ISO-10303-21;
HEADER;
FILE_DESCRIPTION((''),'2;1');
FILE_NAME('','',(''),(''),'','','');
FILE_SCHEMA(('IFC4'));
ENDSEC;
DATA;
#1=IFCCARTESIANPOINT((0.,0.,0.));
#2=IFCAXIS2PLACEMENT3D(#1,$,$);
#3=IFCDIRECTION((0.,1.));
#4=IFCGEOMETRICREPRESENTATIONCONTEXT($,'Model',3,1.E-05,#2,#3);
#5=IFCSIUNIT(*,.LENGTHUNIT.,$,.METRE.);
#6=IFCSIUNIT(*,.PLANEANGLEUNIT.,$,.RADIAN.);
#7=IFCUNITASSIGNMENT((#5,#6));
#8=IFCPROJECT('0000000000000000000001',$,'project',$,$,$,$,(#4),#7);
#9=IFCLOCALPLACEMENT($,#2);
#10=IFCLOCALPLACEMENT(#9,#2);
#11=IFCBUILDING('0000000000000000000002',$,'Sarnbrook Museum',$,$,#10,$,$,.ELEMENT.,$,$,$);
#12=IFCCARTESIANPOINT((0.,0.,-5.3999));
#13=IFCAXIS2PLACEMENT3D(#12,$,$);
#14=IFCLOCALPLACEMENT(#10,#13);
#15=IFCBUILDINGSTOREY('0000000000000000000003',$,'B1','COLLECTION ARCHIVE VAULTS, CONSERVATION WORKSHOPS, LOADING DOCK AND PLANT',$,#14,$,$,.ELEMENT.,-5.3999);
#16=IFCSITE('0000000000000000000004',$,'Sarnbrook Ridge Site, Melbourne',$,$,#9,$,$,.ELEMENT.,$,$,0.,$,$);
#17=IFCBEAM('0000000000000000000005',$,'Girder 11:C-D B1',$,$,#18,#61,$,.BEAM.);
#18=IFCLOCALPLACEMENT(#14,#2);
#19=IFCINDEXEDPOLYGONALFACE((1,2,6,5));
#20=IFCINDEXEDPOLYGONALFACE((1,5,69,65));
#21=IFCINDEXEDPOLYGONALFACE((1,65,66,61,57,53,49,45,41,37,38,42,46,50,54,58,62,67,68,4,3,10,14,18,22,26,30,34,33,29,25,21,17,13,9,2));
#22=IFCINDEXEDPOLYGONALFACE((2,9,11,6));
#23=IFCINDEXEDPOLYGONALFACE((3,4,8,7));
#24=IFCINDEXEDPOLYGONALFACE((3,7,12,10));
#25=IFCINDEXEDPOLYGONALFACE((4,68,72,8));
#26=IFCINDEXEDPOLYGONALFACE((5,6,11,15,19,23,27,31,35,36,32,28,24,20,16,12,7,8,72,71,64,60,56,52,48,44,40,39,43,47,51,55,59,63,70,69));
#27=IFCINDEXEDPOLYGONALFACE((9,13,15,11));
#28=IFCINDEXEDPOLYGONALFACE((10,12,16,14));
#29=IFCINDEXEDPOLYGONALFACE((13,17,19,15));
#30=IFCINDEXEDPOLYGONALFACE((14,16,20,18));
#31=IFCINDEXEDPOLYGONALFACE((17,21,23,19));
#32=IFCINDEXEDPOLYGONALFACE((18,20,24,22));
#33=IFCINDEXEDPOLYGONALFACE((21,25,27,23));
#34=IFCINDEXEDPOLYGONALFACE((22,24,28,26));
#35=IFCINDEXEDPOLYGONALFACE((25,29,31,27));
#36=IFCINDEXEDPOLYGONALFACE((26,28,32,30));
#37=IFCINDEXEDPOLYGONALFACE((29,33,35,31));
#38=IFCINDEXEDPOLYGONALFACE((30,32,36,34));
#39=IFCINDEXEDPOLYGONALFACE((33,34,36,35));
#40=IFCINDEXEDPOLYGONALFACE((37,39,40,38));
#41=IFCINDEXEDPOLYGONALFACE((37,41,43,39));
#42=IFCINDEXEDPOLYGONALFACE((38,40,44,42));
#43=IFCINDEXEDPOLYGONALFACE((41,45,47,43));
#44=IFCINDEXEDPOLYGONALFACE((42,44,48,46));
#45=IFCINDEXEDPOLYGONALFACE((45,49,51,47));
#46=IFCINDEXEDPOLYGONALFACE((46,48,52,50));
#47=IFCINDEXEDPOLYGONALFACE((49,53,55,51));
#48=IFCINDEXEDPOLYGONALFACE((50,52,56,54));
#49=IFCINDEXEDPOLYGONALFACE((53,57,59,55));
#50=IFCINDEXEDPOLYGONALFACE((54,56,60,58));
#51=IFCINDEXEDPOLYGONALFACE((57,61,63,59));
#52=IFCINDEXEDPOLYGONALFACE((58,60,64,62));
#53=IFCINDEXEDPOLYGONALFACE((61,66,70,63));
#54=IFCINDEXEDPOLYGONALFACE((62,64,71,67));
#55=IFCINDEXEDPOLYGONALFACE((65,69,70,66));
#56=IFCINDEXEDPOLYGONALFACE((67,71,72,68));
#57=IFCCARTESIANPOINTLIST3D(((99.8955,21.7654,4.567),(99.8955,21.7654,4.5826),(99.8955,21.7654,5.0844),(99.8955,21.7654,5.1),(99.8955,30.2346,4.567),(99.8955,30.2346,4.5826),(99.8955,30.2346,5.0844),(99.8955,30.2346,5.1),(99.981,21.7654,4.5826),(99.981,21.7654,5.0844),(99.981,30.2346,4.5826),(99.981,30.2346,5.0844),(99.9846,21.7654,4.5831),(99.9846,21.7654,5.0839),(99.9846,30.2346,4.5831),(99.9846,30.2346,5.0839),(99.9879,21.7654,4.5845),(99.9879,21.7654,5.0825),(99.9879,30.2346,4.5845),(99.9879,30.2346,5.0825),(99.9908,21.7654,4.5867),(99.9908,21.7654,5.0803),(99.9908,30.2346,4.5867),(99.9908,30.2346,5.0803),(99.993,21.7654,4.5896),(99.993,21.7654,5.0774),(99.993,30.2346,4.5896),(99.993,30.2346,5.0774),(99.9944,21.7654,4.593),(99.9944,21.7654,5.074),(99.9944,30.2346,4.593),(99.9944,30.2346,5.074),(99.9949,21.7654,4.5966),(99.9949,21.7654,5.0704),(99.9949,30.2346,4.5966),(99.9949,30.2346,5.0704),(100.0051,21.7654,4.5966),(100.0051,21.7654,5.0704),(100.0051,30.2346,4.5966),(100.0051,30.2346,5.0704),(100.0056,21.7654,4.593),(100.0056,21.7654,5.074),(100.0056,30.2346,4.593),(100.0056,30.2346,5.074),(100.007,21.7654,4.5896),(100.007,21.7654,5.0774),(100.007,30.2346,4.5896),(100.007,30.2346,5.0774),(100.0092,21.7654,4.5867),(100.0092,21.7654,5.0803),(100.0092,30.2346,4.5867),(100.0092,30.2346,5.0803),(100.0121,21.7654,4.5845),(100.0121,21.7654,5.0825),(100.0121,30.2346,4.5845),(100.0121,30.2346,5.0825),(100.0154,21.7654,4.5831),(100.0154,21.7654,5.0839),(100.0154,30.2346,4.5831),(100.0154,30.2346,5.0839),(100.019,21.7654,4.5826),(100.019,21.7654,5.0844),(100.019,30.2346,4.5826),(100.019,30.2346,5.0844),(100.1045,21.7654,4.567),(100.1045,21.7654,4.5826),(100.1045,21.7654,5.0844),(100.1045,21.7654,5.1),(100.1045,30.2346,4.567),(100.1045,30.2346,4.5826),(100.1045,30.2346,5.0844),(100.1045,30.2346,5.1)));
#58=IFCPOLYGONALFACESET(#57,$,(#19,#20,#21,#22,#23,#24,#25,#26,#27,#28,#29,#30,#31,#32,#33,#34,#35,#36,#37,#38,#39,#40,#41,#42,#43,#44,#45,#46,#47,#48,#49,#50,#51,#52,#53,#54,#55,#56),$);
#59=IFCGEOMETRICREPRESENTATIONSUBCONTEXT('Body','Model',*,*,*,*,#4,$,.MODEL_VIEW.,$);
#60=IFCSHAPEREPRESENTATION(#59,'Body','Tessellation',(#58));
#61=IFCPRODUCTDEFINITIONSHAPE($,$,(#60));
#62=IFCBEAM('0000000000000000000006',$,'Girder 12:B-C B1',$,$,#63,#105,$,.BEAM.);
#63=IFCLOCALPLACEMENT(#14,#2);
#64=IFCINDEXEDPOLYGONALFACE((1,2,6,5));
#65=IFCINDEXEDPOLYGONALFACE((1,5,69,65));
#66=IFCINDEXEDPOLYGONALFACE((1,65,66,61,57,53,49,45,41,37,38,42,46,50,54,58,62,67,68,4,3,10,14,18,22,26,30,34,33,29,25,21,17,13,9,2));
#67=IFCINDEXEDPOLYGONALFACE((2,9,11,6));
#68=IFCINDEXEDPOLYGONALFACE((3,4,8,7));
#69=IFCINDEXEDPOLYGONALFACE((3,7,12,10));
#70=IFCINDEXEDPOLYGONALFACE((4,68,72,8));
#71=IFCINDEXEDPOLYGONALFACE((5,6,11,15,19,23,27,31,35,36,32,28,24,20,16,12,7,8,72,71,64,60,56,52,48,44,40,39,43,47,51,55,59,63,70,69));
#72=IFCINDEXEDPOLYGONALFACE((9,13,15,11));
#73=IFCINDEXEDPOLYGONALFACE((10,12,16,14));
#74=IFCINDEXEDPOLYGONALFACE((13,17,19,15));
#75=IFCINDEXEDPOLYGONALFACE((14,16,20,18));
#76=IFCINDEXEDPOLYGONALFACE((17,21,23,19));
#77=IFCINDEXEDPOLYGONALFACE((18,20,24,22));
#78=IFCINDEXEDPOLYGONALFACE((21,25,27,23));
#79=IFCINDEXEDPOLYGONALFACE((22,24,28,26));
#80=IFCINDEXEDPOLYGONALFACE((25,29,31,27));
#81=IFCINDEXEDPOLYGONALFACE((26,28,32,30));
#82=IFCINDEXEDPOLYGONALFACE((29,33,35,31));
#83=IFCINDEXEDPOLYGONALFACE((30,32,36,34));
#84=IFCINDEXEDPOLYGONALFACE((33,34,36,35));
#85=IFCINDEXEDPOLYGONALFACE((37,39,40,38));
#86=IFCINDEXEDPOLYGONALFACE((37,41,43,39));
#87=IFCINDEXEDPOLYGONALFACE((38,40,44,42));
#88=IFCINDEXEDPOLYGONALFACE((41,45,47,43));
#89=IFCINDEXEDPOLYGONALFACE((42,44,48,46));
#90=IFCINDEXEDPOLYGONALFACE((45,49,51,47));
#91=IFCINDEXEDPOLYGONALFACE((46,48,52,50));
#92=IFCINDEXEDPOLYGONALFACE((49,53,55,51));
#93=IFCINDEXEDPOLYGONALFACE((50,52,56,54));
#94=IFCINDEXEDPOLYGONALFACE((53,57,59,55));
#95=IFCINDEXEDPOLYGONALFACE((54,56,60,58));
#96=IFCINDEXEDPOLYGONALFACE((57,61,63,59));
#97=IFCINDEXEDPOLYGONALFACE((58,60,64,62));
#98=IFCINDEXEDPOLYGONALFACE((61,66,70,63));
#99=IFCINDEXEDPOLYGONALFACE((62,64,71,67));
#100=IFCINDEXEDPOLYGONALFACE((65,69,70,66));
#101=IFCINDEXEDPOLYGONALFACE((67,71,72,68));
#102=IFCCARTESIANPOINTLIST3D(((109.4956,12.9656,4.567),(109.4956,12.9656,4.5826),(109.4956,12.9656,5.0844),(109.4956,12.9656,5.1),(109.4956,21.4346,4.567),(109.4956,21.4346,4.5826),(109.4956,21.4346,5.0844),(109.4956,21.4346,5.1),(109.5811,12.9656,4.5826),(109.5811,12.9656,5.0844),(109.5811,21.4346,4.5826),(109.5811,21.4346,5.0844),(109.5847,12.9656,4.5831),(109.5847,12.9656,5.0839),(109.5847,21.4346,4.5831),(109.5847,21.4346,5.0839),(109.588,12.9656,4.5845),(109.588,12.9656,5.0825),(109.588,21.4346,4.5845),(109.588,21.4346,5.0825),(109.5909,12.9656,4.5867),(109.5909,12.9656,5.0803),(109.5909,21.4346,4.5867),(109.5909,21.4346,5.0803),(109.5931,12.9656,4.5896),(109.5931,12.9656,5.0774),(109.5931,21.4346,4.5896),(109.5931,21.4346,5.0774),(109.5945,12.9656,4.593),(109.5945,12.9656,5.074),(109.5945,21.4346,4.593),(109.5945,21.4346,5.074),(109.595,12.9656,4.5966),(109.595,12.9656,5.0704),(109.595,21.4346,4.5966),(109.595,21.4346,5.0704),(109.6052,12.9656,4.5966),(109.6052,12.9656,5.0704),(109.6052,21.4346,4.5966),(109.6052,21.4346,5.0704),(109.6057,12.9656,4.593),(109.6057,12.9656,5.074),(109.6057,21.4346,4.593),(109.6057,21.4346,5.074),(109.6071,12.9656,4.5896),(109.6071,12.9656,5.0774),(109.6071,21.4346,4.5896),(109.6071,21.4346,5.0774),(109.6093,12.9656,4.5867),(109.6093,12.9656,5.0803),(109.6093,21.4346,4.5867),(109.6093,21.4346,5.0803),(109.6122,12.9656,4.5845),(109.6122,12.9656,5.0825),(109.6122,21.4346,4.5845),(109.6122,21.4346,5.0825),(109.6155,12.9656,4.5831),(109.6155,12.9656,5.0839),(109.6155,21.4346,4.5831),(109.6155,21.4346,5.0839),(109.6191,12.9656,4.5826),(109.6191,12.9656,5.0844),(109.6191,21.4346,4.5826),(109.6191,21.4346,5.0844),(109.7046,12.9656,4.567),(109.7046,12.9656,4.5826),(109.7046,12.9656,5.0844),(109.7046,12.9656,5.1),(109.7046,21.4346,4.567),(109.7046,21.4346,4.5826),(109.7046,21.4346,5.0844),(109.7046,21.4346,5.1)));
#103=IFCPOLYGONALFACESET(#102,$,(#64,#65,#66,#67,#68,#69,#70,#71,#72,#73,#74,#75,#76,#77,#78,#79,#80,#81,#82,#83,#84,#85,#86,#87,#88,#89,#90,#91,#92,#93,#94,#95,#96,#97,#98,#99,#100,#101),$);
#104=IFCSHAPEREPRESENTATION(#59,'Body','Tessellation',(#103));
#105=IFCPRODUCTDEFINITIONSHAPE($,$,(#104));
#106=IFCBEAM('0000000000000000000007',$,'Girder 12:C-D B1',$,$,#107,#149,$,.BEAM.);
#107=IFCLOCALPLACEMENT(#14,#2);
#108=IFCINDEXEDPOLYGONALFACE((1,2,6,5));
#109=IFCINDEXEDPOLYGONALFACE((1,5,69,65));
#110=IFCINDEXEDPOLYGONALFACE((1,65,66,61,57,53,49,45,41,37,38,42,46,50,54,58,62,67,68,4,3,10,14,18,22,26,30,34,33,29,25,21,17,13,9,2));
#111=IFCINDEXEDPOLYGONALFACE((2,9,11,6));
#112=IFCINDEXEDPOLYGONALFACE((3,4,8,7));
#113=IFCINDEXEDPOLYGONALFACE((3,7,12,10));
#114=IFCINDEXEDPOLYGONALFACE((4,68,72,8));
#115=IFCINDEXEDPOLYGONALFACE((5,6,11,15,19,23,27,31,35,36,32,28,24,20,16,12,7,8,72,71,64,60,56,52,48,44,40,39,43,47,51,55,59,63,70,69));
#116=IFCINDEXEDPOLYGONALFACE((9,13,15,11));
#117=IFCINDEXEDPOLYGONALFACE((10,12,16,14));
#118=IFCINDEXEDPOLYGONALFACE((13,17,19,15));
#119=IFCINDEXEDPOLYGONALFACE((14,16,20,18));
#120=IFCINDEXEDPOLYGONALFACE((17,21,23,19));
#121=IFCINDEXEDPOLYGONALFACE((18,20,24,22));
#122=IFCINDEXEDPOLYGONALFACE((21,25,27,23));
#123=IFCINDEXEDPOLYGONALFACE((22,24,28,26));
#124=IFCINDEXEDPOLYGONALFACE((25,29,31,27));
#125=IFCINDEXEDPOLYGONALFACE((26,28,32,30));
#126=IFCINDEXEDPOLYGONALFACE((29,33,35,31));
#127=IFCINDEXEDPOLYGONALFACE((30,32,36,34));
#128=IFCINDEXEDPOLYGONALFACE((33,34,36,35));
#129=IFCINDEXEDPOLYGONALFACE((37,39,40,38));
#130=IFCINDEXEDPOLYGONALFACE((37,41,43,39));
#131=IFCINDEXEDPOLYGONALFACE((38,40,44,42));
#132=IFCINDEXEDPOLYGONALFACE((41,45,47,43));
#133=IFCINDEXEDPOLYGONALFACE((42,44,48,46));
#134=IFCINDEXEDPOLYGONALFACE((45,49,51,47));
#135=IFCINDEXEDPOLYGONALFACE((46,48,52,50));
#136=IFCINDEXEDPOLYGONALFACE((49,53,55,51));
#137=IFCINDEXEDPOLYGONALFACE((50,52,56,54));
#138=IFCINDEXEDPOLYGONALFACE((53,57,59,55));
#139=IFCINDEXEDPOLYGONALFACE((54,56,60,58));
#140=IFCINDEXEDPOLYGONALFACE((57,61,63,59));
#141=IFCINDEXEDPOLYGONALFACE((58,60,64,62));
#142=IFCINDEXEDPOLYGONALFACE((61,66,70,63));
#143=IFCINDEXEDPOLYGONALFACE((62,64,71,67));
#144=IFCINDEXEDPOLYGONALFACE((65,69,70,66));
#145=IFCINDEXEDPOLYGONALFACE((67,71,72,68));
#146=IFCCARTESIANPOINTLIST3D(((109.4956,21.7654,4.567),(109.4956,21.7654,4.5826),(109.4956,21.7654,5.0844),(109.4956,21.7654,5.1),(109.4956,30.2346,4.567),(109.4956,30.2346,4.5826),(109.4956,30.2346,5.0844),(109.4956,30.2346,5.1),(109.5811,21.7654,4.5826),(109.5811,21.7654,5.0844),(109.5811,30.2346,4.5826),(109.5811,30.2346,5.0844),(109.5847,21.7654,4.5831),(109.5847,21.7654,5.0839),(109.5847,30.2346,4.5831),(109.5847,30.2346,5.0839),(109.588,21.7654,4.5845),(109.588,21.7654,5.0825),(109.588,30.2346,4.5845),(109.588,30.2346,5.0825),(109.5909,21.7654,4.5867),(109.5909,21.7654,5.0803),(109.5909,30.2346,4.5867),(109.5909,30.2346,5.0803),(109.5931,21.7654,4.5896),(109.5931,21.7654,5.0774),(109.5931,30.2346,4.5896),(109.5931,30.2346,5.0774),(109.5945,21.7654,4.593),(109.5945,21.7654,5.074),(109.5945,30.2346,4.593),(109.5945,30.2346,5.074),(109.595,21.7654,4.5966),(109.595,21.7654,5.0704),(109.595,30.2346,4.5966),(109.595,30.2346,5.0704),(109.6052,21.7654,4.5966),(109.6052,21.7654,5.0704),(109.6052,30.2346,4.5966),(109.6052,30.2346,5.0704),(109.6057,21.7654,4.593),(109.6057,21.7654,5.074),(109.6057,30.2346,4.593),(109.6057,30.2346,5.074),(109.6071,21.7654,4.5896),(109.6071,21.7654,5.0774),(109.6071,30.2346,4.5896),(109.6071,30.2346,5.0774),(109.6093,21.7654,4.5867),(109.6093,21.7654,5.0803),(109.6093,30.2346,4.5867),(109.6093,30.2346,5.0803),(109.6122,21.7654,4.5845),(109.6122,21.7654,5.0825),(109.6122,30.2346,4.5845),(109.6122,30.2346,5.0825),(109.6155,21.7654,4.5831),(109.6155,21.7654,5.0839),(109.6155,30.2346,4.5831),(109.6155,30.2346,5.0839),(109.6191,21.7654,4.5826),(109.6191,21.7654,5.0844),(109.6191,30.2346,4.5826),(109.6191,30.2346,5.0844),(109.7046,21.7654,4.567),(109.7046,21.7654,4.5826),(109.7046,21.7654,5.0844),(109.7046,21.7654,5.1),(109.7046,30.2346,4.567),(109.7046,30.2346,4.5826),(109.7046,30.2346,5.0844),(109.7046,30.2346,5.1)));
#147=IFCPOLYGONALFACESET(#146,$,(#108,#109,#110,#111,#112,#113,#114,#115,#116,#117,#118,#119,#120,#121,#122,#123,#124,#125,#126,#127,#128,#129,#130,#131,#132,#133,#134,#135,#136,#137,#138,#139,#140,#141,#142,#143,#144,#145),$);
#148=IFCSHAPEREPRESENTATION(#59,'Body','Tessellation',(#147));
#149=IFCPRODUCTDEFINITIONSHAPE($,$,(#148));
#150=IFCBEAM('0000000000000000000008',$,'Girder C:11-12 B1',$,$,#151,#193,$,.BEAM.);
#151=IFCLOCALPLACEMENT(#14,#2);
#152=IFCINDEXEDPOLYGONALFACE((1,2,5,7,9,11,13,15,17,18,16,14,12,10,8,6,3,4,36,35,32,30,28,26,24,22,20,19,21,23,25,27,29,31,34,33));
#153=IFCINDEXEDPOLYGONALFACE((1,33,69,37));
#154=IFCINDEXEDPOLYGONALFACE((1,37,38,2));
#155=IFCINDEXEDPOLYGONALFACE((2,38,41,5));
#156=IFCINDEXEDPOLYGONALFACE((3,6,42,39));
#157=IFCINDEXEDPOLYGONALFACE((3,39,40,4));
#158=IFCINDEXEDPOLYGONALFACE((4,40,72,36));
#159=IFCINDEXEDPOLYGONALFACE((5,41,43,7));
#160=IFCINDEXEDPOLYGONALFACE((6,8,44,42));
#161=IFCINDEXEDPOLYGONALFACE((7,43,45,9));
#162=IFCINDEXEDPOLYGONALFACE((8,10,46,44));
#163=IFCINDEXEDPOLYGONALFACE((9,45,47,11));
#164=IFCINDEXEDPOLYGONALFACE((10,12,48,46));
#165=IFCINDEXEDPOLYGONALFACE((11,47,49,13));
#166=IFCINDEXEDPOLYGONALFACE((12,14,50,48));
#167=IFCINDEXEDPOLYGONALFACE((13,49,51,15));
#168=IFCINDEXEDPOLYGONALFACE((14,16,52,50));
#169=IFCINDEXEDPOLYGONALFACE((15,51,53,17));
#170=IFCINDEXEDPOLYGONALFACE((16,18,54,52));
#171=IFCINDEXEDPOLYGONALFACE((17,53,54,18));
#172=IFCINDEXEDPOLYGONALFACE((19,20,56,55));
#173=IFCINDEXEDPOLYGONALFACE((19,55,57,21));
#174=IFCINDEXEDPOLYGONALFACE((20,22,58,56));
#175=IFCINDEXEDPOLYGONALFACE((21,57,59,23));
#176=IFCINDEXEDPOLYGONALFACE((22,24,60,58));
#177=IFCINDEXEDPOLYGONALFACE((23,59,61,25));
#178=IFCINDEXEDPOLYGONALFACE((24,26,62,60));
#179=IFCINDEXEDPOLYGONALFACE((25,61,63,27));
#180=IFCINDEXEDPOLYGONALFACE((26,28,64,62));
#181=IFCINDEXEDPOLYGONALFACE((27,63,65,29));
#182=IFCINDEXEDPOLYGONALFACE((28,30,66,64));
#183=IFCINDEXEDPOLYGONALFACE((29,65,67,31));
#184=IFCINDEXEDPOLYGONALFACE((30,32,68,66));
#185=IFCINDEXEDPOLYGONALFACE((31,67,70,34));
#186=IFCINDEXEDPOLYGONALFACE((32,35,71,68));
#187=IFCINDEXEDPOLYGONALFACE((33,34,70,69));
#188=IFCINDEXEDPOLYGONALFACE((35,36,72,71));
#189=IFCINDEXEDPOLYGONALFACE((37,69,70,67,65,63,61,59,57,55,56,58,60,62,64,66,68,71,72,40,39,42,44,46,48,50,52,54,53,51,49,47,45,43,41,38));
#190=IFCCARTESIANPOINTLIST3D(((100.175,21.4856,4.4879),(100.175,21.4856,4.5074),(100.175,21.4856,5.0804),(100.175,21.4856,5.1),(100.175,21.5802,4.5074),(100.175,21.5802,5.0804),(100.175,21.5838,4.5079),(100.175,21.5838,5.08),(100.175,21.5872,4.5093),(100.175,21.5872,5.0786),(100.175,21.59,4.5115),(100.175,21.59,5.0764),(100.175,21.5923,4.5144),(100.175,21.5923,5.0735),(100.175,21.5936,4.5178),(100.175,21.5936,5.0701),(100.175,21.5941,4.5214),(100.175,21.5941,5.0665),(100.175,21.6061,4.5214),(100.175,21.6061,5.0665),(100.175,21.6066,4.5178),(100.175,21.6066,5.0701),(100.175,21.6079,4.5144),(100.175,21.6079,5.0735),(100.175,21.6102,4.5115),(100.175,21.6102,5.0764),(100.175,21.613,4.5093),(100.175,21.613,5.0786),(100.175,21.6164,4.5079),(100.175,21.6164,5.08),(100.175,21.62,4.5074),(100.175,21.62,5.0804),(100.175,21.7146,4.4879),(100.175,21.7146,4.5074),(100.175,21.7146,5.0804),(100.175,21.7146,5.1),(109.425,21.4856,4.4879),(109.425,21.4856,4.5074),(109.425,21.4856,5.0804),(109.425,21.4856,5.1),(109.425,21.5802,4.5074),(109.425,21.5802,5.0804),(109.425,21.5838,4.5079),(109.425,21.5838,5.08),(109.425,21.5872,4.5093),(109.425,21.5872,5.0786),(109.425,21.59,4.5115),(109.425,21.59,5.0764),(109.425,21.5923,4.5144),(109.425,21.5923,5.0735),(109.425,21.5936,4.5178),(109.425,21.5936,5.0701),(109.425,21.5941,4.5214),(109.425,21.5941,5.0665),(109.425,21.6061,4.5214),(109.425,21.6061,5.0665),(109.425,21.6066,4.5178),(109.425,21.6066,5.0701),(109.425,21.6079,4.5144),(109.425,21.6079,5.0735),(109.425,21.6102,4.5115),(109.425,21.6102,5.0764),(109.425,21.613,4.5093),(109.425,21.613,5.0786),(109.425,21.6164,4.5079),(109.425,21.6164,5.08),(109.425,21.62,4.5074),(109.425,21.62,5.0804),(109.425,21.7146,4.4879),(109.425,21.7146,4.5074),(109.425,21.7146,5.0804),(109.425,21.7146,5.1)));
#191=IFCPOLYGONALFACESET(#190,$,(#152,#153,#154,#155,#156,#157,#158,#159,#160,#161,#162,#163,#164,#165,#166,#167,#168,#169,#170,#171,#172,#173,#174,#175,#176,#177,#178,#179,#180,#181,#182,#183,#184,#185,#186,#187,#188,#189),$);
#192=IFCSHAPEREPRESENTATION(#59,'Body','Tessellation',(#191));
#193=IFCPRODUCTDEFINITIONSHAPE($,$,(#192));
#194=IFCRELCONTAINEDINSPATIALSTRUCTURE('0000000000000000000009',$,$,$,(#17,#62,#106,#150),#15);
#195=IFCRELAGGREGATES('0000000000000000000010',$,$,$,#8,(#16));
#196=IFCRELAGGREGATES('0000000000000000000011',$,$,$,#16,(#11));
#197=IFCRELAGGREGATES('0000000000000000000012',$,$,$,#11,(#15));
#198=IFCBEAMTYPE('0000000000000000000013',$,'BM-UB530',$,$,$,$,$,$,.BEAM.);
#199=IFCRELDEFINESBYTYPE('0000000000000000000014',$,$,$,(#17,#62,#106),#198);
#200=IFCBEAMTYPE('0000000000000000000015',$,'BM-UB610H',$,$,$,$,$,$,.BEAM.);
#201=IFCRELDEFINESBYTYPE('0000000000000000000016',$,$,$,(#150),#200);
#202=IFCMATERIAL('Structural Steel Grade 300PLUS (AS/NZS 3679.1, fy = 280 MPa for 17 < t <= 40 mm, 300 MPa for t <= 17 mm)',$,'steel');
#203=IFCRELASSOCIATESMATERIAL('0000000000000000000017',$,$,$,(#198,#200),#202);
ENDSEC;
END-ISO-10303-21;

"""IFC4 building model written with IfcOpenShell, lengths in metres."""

from ifc_helpers import new_model, si_unit, direction, frame, origin, origin_2d, place, context, subcontext, project, spatial, i_section, extrude, material, material_profile, profile_set, type_object, element, save


model = new_model("IFC4")

# Units and contexts
model_context = context("Model", 3, precision=1e-05, world=origin(), true_north=direction((0.0, 1.0)))
body_context = subcontext(model_context, "Body", "Model", "MODEL_VIEW")
ifc_project = project(units=[si_unit("LENGTHUNIT", "METRE"), si_unit("PLANEANGLEUNIT", "RADIAN")], contexts=[model_context])

# Site, building, storey
site_placement = place(None, origin())
site = spatial("IfcSite", under=ifc_project, at=site_placement, Name="Sarnbrook Ridge Site, Melbourne", CompositionType="ELEMENT", RefElevation=0.0)
building_placement = place(site_placement, origin())
building = spatial("IfcBuilding", under=site, at=building_placement, Name="Sarnbrook Museum", CompositionType="ELEMENT")
storey_placement = place(building_placement, frame((0.0, 0.0, -5.3999)))
storey = spatial("IfcBuildingStorey", under=building, at=storey_placement, Name="B1", Description="COLLECTION ARCHIVE VAULTS, CONSERVATION WORKSHOPS, LOADING DOCK AND PLANT", CompositionType="ELEMENT", Elevation=-5.3999)

# Beams
ifc_material_1 = material(Name="Structural Steel Grade 300PLUS (AS/NZS 3679.1, fy = 280 MPa for 17 < t <= 40 mm, 300 MPa for t <= 17 mm)", Category="steel")
ifc_material_profile_1 = material_profile(ifc_material_1, i_section(OverallWidth=0.209, OverallDepth=0.533, WebThickness=0.0103, FlangeThickness=0.0156, FilletRadius=0.0139, at=origin_2d()), Name="530UB92.4")
ifc_profile_set_1 = profile_set([ifc_material_profile_1], Name="Structural Steel Grade 300PLUS (AS/NZS 3679.1, fy = 280 MPa for 17 < t <= 40 mm, 300 MPa for t <= 17 mm)")
beam_type_1 = type_object("IfcBeamType", Name="BM-UB530", PredefinedType="BEAM", material=ifc_profile_set_1)
beam_1_placement = place(storey_placement, frame((100.0, 21.7654, 4.8335), z_axis=(0.0, 1.0, 0.0), x_axis=(-1.0, 0.0, 0.0)))
element("IfcBeam", 1, at=beam_1_placement, inside=storey, type_object=beam_type_1, Name="Girder 11:C-D B1", PredefinedType="BEAM", context=body_context, shape_type="SweptSolid", body=[
    extrude(i_section(OverallWidth=0.209, OverallDepth=0.533, WebThickness=0.0103, FlangeThickness=0.0156, FilletRadius=0.0139, at=origin_2d()), origin(), (0.0, 0.0, 1.0), 8.4692),
])
beam_2_placement = place(storey_placement, frame((109.6001, 12.9656, 4.8335), z_axis=(0.0, 1.0, 0.0), x_axis=(-1.0, 0.0, 0.0)))
element("IfcBeam", 2, at=beam_2_placement, inside=storey, type_object=beam_type_1, Name="Girder 12:B-C B1", PredefinedType="BEAM", context=body_context, shape_type="SweptSolid", body=[
    extrude(i_section(OverallWidth=0.209, OverallDepth=0.533, WebThickness=0.0103, FlangeThickness=0.0156, FilletRadius=0.0139, at=origin_2d()), origin(), (0.0, 0.0, 1.0), 8.469),
])
beam_3_placement = place(storey_placement, frame((109.6001, 21.7654, 4.8335), z_axis=(0.0, 1.0, 0.0), x_axis=(-1.0, 0.0, 0.0)))
element("IfcBeam", 3, at=beam_3_placement, inside=storey, type_object=beam_type_1, Name="Girder 12:C-D B1", PredefinedType="BEAM", context=body_context, shape_type="SweptSolid", body=[
    extrude(i_section(OverallWidth=0.209, OverallDepth=0.533, WebThickness=0.0103, FlangeThickness=0.0156, FilletRadius=0.0139, at=origin_2d()), origin(), (0.0, 0.0, 1.0), 8.4692),
])
ifc_material_profile_2 = material_profile(ifc_material_1, i_section(OverallWidth=0.229, OverallDepth=0.6121, WebThickness=0.012, FlangeThickness=0.0195, FilletRadius=0.0139, at=origin_2d()), Name="610UB125")
ifc_profile_set_2 = profile_set([ifc_material_profile_2], Name="Structural Steel Grade 300PLUS (AS/NZS 3679.1, fy = 280 MPa for 17 < t <= 40 mm, 300 MPa for t <= 17 mm)")
beam_type_2 = type_object("IfcBeamType", Name="BM-UB610H", PredefinedType="BEAM", material=ifc_profile_set_2)
for number, where, z_axis, x_axis, name in (
    (4, (100.175, 21.6001, 4.7939), (1.0, 0.0, 0.0), (0.0, 1.0, 0.0), "Girder C:11-12 B1"),
):
    element("IfcBeam", number, at=place(storey_placement, frame(where, z_axis=z_axis, x_axis=x_axis)), inside=storey, type_object=beam_type_2, Name=name, PredefinedType="BEAM", context=body_context, shape_type="SweptSolid", body=[
        extrude(i_section(OverallWidth=0.229, OverallDepth=0.6121, WebThickness=0.012, FlangeThickness=0.0195, FilletRadius=0.0139, at=origin_2d()), origin(), (0.0, 0.0, 1.0), 9.25),
    ])

save(model, "model.ifc")
